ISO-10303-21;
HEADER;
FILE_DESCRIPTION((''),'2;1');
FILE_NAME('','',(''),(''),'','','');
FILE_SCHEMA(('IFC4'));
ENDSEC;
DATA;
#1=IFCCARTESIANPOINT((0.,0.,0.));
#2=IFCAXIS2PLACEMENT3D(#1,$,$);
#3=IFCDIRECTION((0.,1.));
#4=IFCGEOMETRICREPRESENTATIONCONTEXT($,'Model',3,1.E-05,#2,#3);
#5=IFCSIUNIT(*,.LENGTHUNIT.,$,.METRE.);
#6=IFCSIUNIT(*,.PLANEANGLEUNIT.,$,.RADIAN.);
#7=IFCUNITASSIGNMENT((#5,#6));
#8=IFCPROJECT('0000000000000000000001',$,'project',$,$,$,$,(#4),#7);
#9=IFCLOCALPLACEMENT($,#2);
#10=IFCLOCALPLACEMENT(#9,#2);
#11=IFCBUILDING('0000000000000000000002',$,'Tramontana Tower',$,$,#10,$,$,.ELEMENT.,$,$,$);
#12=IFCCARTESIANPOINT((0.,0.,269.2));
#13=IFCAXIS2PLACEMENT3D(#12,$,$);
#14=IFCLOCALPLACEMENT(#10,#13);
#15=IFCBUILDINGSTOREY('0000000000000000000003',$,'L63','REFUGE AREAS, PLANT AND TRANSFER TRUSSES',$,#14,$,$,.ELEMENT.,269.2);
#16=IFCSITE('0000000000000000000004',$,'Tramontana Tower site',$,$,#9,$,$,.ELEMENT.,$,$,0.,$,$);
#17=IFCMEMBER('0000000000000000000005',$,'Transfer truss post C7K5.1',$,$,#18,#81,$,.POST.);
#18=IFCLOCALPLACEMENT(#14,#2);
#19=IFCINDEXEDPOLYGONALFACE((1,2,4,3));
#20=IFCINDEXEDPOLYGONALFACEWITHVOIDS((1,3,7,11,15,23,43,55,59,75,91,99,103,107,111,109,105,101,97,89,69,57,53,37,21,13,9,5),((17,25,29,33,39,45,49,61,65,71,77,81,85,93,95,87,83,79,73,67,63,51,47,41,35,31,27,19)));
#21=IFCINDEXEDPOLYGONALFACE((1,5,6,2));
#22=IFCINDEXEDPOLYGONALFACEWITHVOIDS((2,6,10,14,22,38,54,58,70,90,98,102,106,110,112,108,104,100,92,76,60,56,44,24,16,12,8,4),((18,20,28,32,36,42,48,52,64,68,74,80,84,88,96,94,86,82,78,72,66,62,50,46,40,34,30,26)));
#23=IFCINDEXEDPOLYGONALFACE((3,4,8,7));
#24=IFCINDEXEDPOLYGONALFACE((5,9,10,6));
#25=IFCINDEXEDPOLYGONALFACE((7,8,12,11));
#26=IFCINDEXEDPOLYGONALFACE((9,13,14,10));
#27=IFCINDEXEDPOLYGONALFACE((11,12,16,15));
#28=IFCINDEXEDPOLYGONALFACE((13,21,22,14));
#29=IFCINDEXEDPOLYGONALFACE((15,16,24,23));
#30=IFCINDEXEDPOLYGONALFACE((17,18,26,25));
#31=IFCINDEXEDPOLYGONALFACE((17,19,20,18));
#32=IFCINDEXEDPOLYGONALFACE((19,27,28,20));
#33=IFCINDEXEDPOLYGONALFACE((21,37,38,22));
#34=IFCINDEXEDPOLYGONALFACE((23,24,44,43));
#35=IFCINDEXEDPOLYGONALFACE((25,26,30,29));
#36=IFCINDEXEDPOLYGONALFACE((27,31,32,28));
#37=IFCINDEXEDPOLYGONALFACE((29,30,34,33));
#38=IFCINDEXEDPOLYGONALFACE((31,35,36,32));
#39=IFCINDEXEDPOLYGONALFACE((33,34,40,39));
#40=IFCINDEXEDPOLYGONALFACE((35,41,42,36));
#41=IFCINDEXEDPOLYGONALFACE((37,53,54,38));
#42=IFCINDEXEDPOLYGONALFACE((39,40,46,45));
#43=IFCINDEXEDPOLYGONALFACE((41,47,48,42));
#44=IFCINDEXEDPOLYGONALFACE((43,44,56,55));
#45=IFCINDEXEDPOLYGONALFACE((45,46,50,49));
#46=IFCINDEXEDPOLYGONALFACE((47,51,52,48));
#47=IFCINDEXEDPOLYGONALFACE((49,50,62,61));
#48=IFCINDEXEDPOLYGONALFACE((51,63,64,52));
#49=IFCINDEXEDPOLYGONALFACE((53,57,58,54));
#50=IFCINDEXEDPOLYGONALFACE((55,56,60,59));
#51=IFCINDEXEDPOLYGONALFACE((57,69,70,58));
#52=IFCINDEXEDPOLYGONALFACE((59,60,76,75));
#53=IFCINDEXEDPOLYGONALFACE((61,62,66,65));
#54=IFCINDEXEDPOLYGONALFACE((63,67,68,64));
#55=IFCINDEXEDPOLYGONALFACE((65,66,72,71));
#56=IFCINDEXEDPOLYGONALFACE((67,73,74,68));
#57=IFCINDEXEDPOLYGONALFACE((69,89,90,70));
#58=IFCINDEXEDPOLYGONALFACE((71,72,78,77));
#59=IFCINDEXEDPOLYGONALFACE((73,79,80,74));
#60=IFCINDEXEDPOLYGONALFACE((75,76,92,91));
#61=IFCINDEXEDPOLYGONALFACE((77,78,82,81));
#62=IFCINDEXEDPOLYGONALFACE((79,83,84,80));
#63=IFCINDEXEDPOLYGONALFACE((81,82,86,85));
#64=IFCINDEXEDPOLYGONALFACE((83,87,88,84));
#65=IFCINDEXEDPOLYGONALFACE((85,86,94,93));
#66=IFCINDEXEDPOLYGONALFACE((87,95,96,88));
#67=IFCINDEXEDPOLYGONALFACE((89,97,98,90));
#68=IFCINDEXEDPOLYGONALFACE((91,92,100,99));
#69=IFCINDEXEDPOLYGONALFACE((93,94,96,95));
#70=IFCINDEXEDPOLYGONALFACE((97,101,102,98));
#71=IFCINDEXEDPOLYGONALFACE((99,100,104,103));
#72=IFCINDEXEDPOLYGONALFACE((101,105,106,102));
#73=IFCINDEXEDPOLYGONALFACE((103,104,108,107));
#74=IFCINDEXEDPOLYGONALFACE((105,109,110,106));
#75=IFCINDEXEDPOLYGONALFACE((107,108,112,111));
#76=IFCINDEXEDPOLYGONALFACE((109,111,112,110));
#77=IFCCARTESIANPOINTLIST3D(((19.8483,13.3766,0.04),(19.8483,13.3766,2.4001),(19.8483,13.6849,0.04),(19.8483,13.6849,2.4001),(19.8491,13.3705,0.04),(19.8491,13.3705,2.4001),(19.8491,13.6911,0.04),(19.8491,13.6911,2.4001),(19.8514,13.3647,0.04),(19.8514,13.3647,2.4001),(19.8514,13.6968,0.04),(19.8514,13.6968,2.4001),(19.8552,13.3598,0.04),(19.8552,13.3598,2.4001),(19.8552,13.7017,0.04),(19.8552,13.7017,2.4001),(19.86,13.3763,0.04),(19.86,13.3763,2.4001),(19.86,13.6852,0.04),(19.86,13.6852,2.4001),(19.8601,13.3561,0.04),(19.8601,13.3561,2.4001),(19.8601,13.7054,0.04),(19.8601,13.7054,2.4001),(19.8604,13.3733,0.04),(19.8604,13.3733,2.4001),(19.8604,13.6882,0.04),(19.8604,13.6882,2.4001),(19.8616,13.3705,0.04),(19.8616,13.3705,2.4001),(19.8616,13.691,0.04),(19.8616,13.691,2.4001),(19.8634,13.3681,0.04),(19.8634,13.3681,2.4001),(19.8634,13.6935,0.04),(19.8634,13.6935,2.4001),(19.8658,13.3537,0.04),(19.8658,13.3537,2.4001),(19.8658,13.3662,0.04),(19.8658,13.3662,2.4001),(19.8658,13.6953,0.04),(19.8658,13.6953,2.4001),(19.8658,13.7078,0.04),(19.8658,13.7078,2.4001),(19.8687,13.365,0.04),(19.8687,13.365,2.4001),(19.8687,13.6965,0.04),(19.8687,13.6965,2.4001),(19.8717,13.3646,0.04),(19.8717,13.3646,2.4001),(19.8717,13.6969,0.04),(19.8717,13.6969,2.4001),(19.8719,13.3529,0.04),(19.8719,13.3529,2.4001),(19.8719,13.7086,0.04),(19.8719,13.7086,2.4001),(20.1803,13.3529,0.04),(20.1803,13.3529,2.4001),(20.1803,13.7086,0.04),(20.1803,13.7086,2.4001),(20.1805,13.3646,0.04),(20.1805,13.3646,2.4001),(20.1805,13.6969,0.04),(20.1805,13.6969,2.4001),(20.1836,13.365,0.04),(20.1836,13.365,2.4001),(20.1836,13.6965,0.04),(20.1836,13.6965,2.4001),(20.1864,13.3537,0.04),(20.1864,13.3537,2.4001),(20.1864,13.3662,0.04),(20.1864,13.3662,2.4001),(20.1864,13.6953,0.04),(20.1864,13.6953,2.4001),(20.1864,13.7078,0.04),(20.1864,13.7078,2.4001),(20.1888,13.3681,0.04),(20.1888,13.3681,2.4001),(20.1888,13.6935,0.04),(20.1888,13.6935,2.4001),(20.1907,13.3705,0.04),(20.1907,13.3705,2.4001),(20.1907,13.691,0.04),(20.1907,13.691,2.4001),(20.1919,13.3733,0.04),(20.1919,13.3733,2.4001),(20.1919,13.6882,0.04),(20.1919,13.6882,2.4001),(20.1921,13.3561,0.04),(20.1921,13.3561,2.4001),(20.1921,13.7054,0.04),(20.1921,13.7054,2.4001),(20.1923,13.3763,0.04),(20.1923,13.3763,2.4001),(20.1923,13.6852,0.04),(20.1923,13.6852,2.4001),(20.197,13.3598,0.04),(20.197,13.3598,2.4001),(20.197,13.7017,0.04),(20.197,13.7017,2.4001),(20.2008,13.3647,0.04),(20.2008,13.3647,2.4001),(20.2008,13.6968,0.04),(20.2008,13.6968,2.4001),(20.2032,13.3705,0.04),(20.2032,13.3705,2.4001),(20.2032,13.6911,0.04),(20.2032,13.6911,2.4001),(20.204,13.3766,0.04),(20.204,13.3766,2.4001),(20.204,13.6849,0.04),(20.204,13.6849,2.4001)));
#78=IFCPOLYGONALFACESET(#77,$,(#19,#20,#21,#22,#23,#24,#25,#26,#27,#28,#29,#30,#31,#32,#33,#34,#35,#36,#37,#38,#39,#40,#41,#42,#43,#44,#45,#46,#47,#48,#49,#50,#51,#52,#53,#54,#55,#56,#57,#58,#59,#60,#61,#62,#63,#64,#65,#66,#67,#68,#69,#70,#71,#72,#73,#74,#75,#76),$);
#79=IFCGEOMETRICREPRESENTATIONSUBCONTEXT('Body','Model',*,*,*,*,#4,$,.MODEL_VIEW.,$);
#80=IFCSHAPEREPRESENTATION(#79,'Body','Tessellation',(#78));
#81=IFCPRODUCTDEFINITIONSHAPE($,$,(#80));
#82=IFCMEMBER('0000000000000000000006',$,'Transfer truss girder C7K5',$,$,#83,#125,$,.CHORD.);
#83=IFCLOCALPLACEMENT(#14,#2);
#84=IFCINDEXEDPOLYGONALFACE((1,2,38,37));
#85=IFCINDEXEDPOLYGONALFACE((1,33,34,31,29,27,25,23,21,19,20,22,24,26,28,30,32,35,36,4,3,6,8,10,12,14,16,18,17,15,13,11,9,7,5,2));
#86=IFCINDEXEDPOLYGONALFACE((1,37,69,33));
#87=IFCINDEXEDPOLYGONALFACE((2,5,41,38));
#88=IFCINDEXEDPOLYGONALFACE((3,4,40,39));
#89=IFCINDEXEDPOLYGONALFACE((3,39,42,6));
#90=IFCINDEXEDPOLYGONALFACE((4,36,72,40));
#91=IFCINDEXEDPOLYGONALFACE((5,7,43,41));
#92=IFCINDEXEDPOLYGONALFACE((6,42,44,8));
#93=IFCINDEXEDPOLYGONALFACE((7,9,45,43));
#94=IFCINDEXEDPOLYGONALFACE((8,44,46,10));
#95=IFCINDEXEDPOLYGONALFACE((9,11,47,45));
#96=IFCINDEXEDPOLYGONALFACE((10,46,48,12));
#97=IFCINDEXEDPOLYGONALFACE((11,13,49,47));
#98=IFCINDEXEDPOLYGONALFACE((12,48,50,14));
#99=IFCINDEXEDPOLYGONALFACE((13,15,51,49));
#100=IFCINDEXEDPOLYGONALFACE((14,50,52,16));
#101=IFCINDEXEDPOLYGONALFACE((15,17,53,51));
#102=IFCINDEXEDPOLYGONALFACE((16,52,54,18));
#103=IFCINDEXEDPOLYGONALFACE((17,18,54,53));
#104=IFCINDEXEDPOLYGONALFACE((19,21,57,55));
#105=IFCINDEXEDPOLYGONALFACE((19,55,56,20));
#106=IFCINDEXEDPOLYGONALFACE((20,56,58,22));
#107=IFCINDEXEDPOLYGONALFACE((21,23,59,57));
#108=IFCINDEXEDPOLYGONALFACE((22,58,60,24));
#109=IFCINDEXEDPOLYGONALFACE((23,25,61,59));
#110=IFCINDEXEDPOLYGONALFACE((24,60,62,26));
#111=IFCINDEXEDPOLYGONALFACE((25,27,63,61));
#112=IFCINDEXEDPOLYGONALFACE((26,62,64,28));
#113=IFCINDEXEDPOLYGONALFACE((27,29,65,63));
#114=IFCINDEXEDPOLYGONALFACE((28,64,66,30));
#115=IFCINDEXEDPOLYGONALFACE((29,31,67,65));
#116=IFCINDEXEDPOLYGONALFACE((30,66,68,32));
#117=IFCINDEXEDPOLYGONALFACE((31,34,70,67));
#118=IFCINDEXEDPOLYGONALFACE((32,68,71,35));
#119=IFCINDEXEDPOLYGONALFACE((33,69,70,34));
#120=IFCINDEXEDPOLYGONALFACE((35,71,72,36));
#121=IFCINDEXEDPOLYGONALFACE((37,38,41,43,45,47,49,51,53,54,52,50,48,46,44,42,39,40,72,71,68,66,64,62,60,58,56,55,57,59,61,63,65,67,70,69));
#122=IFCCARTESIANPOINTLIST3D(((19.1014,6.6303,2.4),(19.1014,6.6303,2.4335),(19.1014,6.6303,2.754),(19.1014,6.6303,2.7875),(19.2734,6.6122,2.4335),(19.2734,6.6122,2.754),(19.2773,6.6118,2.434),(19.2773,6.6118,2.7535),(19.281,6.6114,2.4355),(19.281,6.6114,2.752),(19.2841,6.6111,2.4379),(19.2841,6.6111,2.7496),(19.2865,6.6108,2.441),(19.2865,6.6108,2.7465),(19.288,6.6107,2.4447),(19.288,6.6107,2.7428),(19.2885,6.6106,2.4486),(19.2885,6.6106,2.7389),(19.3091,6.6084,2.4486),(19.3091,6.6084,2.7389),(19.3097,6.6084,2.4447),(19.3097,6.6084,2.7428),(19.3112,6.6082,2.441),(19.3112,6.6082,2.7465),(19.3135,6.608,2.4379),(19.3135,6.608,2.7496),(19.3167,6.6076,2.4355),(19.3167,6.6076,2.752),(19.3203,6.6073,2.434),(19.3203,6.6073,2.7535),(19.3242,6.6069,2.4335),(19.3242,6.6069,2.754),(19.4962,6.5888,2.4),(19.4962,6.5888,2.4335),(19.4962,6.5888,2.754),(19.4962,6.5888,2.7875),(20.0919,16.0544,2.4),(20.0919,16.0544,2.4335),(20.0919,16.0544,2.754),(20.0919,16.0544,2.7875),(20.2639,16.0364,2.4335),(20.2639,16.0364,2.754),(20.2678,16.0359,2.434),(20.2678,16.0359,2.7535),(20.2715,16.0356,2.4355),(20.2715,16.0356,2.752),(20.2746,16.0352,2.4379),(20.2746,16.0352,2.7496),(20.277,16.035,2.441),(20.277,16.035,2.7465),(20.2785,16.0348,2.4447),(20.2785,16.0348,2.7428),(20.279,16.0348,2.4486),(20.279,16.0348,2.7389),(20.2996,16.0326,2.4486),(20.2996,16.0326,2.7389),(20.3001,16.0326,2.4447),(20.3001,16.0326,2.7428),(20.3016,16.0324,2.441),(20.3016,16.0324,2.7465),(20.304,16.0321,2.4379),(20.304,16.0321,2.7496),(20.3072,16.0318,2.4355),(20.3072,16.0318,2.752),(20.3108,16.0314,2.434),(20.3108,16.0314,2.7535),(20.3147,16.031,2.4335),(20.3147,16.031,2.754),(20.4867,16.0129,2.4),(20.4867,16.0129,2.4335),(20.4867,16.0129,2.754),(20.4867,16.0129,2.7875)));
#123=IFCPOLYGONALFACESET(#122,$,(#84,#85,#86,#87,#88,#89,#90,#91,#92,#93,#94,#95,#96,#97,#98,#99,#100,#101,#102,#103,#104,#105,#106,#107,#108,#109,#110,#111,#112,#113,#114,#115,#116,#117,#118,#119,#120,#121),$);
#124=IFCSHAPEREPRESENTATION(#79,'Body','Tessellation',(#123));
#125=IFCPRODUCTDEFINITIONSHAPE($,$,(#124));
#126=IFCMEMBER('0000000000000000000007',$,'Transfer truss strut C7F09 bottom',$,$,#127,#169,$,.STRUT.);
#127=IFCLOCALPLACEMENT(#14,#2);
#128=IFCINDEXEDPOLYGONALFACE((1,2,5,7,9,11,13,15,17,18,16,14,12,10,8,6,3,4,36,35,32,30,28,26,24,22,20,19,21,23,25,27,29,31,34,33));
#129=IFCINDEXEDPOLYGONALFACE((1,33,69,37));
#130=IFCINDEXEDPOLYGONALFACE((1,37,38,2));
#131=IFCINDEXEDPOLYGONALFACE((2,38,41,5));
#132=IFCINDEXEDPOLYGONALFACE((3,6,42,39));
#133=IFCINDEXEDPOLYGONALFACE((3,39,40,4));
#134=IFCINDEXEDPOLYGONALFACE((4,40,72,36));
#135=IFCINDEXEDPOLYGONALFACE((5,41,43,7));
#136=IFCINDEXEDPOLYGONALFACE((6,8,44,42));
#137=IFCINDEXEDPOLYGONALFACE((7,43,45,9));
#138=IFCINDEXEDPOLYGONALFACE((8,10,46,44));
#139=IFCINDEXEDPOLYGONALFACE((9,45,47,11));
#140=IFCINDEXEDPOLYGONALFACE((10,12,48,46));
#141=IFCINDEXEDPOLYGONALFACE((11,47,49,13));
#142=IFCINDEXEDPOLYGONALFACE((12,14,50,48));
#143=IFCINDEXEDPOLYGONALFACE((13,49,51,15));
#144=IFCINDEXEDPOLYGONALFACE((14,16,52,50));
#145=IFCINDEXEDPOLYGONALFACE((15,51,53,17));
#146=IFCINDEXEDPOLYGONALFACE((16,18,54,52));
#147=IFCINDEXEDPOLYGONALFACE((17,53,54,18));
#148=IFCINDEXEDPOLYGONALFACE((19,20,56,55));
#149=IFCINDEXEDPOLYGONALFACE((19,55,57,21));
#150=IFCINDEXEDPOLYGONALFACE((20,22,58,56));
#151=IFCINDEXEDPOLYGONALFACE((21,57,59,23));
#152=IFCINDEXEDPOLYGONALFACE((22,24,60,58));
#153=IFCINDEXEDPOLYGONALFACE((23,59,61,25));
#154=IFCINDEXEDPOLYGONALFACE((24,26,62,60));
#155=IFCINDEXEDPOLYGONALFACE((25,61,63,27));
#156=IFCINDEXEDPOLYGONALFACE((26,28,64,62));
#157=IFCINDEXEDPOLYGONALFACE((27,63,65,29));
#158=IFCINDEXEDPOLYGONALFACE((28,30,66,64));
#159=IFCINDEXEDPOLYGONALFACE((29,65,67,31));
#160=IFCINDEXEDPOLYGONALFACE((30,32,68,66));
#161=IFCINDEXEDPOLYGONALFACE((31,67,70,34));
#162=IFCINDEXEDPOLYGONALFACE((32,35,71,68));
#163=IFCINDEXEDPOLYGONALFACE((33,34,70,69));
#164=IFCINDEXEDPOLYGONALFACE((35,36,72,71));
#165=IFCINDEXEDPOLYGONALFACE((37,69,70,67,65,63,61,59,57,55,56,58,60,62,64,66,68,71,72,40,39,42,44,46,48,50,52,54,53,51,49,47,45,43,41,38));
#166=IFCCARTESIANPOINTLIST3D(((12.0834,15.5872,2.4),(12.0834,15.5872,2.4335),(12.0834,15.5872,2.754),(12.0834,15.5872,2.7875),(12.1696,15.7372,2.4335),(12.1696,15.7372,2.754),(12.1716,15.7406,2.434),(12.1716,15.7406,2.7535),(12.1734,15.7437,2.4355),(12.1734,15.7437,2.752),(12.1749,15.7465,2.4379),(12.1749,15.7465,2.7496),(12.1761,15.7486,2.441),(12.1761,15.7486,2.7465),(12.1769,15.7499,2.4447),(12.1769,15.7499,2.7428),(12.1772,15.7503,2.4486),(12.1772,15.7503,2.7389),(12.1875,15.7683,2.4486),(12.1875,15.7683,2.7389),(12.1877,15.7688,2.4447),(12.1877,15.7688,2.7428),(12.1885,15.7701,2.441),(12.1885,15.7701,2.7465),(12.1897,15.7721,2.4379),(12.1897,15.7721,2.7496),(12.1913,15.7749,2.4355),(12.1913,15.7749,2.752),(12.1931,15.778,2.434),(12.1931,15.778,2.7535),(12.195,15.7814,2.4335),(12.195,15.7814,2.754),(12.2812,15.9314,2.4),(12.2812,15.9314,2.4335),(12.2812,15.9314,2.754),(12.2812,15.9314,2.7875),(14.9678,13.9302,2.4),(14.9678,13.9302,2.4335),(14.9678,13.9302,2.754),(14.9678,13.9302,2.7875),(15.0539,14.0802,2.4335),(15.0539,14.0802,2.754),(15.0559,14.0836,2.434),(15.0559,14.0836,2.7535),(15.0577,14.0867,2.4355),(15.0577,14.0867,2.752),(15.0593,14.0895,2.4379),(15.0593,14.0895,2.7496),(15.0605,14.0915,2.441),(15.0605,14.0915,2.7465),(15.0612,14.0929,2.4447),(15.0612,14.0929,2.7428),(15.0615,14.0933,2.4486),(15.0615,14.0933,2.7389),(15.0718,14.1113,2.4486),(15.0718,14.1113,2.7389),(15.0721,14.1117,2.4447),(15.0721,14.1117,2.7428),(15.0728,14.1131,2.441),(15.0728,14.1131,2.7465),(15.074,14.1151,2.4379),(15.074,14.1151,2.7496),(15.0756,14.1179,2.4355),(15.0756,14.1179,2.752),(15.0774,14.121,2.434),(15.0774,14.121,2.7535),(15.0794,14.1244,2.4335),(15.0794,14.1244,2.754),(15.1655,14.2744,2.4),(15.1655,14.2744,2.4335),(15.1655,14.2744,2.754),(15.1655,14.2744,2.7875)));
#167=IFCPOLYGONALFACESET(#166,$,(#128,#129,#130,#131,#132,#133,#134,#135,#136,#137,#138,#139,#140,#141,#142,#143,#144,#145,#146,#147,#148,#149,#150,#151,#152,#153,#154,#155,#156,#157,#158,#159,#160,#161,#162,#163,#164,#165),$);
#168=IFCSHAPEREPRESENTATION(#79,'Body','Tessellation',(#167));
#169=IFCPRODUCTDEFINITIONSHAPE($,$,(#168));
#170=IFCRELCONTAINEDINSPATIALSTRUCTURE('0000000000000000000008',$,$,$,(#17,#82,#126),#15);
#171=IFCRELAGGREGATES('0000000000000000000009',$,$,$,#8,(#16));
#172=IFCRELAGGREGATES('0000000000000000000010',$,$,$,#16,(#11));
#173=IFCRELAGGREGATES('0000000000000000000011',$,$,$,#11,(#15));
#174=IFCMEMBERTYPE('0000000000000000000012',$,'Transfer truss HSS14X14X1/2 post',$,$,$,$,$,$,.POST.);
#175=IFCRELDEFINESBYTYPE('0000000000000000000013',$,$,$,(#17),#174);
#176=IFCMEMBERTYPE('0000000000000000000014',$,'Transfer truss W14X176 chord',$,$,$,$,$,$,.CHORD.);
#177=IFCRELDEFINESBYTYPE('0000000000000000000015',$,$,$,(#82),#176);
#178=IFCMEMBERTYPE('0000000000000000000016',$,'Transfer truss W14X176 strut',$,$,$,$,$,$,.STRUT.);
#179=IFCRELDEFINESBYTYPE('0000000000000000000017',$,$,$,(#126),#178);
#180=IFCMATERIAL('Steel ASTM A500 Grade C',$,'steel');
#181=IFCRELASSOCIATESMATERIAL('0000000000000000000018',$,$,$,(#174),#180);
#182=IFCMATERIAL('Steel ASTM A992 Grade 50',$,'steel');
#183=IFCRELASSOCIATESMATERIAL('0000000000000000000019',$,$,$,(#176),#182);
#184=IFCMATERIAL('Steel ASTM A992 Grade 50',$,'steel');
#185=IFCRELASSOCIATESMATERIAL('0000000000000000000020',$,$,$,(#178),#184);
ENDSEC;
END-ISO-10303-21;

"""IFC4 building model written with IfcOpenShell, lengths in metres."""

from ifc_helpers import new_model, si_unit, direction, frame, origin, origin_2d, place, context, subcontext, project, spatial, hollow_rectangle, i_section, extrude, material, material_profile, profile_set, type_object, element, save


model = new_model("IFC4")

# Units and contexts
model_context = context("Model", 3, precision=1e-05, world=origin(), true_north=direction((0.0, 1.0)))
body_context = subcontext(model_context, "Body", "Model", "MODEL_VIEW")
ifc_project = project(units=[si_unit("LENGTHUNIT", "METRE"), si_unit("PLANEANGLEUNIT", "RADIAN")], contexts=[model_context])

# Site, building, storey
site_placement = place(None, origin())
site = spatial("IfcSite", under=ifc_project, at=site_placement, Name="Tramontana Tower site", CompositionType="ELEMENT", RefElevation=0.0)
building_placement = place(site_placement, origin())
building = spatial("IfcBuilding", under=site, at=building_placement, Name="Tramontana Tower", CompositionType="ELEMENT")
storey_placement = place(building_placement, frame((0.0, 0.0, 269.2)))
storey = spatial("IfcBuildingStorey", under=building, at=storey_placement, Name="L63", Description="REFUGE AREAS, PLANT AND TRANSFER TRUSSES", CompositionType="ELEMENT", Elevation=269.2)

# Members
ifc_material_1 = material(Name="Steel ASTM A500 Grade C", Category="steel")
ifc_material_profile_1 = material_profile(ifc_material_1, hollow_rectangle(XDim=0.3557, YDim=0.3557, WallThickness=0.0117, InnerFilletRadius=0.0117, OuterFilletRadius=0.0237, at=origin_2d()), Name="HSS14X14X1/2")
ifc_profile_set_1 = profile_set([ifc_material_profile_1], Name="Steel ASTM A500 Grade C")
member_type_1 = type_object("IfcMemberType", Name="Transfer truss HSS14X14X1/2 post", PredefinedType="POST", material=ifc_profile_set_1)
member_1_placement = place(storey_placement, frame((20.0261, 13.5308, 0.04), z_axis=(0.0, 0.0, 1.0), x_axis=(1.0, 0.0, 0.0)))
element("IfcMember", 1, at=member_1_placement, inside=storey, type_object=member_type_1, Name="Transfer truss post C7K5.1", PredefinedType="POST", context=body_context, shape_type="SweptSolid", body=[
    extrude(hollow_rectangle(XDim=0.3557, YDim=0.3557, WallThickness=0.0117, InnerFilletRadius=0.0117, OuterFilletRadius=0.0237, at=origin_2d()), origin(), (0.0, 0.0, 1.0), 2.3601),
])
ifc_material_2 = material(Name="Steel ASTM A992 Grade 50", Category="steel")
ifc_material_profile_2 = material_profile(ifc_material_2, i_section(OverallWidth=0.397, OverallDepth=0.3875, WebThickness=0.0208, FlangeThickness=0.0334, FilletRadius=0.0151, at=origin_2d()), Name="W14X176")
ifc_profile_set_2 = profile_set([ifc_material_profile_2], Name="Steel ASTM A992 Grade 50")
member_type_2 = type_object("IfcMemberType", Name="Transfer truss W14X176 chord", PredefinedType="CHORD", material=ifc_profile_set_2)
member_2_placement = place(storey_placement, frame((20.2893, 16.0337, 2.5938), z_axis=(-0.104525, -0.994522, 0.0), x_axis=(0.994522, -0.104525, 0.0)))
element("IfcMember", 2, at=member_2_placement, inside=storey, type_object=member_type_2, Name="Transfer truss girder C7K5", PredefinedType="CHORD", context=body_context, shape_type="SweptSolid", body=[
    extrude(i_section(OverallWidth=0.397, OverallDepth=0.3875, WebThickness=0.0208, FlangeThickness=0.0334, FilletRadius=0.0151, at=origin_2d()), origin(), (0.0, 0.0, 1.0), 9.4761),
])
ifc_material_3 = material(Name="Steel ASTM A992 Grade 50", Category="steel")
ifc_material_profile_3 = material_profile(ifc_material_3, i_section(OverallWidth=0.397, OverallDepth=0.3875, WebThickness=0.0208, FlangeThickness=0.0334, FilletRadius=0.0151, at=origin_2d()), Name="W14X176")
ifc_profile_set_3 = profile_set([ifc_material_profile_3], Name="Steel ASTM A992 Grade 50")
member_type_3 = type_object("IfcMemberType", Name="Transfer truss W14X176 strut", PredefinedType="STRUT", material=ifc_profile_set_3)
member_3_placement = place(storey_placement, frame((15.0667, 14.1023, 2.5938), z_axis=(-0.867098, 0.498137, 0.0), x_axis=(-0.498137, -0.867098, 0.0)))
element("IfcMember", 3, at=member_3_placement, inside=storey, type_object=member_type_3, Name="Transfer truss strut C7F09 bottom", PredefinedType="STRUT", context=body_context, shape_type="SweptSolid", body=[
    extrude(i_section(OverallWidth=0.397, OverallDepth=0.3875, WebThickness=0.0208, FlangeThickness=0.0334, FilletRadius=0.0151, at=origin_2d()), origin(), (0.0, 0.0, 1.0), 3.3264),
])

save(model, "model.ifc")
